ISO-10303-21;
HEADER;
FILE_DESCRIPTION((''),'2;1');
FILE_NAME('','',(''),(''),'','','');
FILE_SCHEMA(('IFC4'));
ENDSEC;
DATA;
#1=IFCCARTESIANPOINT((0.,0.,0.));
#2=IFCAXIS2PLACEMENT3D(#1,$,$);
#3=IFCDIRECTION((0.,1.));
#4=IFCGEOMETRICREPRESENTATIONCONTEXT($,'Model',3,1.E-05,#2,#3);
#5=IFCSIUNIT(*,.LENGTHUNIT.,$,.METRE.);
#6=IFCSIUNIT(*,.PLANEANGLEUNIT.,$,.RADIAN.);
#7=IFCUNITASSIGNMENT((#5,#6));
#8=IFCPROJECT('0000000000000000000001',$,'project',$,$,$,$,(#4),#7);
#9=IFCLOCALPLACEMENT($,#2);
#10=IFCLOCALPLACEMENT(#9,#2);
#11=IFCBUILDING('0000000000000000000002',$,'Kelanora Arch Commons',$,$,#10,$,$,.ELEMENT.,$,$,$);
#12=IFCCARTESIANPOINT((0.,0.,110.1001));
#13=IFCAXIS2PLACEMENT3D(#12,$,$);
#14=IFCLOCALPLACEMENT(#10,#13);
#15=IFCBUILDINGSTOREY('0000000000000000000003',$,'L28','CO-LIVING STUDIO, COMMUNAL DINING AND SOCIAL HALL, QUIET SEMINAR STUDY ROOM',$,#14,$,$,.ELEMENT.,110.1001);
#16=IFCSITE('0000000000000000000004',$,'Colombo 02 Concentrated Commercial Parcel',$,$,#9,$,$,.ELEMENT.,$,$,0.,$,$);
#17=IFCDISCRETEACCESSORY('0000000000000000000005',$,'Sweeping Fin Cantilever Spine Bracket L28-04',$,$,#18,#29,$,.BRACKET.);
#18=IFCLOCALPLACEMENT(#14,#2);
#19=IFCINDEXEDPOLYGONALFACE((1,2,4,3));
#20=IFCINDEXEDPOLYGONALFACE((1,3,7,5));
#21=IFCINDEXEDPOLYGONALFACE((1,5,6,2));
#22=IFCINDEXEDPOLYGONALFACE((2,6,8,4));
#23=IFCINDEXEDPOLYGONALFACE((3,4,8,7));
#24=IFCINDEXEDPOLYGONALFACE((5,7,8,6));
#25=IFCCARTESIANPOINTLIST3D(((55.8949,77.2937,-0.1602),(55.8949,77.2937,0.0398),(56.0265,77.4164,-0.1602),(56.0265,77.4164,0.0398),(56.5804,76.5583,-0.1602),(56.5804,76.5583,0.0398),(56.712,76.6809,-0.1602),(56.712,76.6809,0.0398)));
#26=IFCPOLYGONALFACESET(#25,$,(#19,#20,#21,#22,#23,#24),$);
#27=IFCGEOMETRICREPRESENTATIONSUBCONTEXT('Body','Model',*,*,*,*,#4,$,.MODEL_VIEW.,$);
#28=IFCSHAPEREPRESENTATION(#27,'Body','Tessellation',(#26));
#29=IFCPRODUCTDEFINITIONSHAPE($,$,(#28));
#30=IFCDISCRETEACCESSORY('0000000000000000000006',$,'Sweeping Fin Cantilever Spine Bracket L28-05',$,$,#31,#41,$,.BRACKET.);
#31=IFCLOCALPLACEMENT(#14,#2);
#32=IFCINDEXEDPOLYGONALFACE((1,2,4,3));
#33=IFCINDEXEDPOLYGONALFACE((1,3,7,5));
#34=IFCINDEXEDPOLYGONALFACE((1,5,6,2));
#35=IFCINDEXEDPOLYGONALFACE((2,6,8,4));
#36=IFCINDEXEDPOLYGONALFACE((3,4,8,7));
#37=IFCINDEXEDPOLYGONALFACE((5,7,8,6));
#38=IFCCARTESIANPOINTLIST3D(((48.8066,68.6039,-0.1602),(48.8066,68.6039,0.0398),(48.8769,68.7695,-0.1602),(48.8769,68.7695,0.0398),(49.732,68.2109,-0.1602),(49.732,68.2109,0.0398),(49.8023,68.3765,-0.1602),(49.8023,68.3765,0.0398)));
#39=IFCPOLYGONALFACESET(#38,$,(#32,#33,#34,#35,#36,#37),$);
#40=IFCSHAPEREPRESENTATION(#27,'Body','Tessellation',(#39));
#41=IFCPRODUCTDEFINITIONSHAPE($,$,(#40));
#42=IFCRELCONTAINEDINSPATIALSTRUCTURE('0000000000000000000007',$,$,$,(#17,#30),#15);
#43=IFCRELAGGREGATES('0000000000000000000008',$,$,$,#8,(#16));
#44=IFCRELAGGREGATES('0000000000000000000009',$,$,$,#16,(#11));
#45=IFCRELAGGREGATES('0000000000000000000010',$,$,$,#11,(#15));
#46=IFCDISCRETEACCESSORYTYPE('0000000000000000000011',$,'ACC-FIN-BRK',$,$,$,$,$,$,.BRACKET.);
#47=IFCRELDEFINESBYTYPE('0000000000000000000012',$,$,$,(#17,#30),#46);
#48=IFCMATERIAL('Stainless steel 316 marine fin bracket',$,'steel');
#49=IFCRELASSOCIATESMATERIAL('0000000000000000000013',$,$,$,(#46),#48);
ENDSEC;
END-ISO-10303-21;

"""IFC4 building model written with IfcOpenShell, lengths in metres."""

from ifc_helpers import new_model, si_unit, direction, frame, origin, origin_2d, place, context, subcontext, project, spatial, rectangle, extrude, source, transform, mapped, material, type_object, element, save


model = new_model("IFC4")

# Units and contexts
model_context = context("Model", 3, precision=1e-05, world=origin(), true_north=direction((0.0, 1.0)))
body_context = subcontext(model_context, "Body", "Model", "MODEL_VIEW")
ifc_project = project(units=[si_unit("LENGTHUNIT", "METRE"), si_unit("PLANEANGLEUNIT", "RADIAN")], contexts=[model_context])

# Site, building, storey
site_placement = place(None, origin())
site = spatial("IfcSite", under=ifc_project, at=site_placement, Name="Colombo 02 Concentrated Commercial Parcel", CompositionType="ELEMENT", RefElevation=0.0)
building_placement = place(site_placement, origin())
building = spatial("IfcBuilding", under=site, at=building_placement, Name="Kelanora Arch Commons", CompositionType="ELEMENT")
storey_placement = place(building_placement, frame((0.0, 0.0, 110.1001)))
storey = spatial("IfcBuildingStorey", under=building, at=storey_placement, Name="L28", Description="CO-LIVING STUDIO, COMMUNAL DINING AND SOCIAL HALL, QUIET SEMINAR STUDY ROOM", CompositionType="ELEMENT", Elevation=110.1001)

# Discrete accessories
ifc_material_1 = material(Name="Stainless steel 316 marine fin bracket", Category="steel")
discrete_accessory_type = type_object("IfcDiscreteAccessoryType", Name="ACC-FIN-BRK", PredefinedType="BRACKET", material=ifc_material_1)
shared_shape_1 = source(origin(), body_context, "Body", "SweptSolid", [
    extrude(rectangle(XDim=1.0054, YDim=0.1799, at=origin_2d()), origin(), (0.0, 0.0, 1.0), 0.2),
])
for number, where, z_axis, x_axis, name in (
    (1, (56.3035, 76.9873, -0.1602), (0.0, 0.0, 1.0), (-0.681871, 0.731473, 0.0), "Sweeping Fin Cantilever Spine Bracket L28-04"),
    (2, (49.3044, 68.4902, -0.1602), (0.0, 0.0, 1.0), (-0.920437, 0.390892, 0.0), "Sweeping Fin Cantilever Spine Bracket L28-05"),
):
    element("IfcDiscreteAccessory", number, at=place(storey_placement, frame(where, z_axis=z_axis, x_axis=x_axis)), inside=storey, type_object=discrete_accessory_type, Name=name, PredefinedType="BRACKET", context=body_context, shape_type="MappedRepresentation", body=[
        mapped(shared_shape_1, transform((0.0, 0.0, 0.0), scale=1.0)),
    ])

save(model, "model.ifc")
